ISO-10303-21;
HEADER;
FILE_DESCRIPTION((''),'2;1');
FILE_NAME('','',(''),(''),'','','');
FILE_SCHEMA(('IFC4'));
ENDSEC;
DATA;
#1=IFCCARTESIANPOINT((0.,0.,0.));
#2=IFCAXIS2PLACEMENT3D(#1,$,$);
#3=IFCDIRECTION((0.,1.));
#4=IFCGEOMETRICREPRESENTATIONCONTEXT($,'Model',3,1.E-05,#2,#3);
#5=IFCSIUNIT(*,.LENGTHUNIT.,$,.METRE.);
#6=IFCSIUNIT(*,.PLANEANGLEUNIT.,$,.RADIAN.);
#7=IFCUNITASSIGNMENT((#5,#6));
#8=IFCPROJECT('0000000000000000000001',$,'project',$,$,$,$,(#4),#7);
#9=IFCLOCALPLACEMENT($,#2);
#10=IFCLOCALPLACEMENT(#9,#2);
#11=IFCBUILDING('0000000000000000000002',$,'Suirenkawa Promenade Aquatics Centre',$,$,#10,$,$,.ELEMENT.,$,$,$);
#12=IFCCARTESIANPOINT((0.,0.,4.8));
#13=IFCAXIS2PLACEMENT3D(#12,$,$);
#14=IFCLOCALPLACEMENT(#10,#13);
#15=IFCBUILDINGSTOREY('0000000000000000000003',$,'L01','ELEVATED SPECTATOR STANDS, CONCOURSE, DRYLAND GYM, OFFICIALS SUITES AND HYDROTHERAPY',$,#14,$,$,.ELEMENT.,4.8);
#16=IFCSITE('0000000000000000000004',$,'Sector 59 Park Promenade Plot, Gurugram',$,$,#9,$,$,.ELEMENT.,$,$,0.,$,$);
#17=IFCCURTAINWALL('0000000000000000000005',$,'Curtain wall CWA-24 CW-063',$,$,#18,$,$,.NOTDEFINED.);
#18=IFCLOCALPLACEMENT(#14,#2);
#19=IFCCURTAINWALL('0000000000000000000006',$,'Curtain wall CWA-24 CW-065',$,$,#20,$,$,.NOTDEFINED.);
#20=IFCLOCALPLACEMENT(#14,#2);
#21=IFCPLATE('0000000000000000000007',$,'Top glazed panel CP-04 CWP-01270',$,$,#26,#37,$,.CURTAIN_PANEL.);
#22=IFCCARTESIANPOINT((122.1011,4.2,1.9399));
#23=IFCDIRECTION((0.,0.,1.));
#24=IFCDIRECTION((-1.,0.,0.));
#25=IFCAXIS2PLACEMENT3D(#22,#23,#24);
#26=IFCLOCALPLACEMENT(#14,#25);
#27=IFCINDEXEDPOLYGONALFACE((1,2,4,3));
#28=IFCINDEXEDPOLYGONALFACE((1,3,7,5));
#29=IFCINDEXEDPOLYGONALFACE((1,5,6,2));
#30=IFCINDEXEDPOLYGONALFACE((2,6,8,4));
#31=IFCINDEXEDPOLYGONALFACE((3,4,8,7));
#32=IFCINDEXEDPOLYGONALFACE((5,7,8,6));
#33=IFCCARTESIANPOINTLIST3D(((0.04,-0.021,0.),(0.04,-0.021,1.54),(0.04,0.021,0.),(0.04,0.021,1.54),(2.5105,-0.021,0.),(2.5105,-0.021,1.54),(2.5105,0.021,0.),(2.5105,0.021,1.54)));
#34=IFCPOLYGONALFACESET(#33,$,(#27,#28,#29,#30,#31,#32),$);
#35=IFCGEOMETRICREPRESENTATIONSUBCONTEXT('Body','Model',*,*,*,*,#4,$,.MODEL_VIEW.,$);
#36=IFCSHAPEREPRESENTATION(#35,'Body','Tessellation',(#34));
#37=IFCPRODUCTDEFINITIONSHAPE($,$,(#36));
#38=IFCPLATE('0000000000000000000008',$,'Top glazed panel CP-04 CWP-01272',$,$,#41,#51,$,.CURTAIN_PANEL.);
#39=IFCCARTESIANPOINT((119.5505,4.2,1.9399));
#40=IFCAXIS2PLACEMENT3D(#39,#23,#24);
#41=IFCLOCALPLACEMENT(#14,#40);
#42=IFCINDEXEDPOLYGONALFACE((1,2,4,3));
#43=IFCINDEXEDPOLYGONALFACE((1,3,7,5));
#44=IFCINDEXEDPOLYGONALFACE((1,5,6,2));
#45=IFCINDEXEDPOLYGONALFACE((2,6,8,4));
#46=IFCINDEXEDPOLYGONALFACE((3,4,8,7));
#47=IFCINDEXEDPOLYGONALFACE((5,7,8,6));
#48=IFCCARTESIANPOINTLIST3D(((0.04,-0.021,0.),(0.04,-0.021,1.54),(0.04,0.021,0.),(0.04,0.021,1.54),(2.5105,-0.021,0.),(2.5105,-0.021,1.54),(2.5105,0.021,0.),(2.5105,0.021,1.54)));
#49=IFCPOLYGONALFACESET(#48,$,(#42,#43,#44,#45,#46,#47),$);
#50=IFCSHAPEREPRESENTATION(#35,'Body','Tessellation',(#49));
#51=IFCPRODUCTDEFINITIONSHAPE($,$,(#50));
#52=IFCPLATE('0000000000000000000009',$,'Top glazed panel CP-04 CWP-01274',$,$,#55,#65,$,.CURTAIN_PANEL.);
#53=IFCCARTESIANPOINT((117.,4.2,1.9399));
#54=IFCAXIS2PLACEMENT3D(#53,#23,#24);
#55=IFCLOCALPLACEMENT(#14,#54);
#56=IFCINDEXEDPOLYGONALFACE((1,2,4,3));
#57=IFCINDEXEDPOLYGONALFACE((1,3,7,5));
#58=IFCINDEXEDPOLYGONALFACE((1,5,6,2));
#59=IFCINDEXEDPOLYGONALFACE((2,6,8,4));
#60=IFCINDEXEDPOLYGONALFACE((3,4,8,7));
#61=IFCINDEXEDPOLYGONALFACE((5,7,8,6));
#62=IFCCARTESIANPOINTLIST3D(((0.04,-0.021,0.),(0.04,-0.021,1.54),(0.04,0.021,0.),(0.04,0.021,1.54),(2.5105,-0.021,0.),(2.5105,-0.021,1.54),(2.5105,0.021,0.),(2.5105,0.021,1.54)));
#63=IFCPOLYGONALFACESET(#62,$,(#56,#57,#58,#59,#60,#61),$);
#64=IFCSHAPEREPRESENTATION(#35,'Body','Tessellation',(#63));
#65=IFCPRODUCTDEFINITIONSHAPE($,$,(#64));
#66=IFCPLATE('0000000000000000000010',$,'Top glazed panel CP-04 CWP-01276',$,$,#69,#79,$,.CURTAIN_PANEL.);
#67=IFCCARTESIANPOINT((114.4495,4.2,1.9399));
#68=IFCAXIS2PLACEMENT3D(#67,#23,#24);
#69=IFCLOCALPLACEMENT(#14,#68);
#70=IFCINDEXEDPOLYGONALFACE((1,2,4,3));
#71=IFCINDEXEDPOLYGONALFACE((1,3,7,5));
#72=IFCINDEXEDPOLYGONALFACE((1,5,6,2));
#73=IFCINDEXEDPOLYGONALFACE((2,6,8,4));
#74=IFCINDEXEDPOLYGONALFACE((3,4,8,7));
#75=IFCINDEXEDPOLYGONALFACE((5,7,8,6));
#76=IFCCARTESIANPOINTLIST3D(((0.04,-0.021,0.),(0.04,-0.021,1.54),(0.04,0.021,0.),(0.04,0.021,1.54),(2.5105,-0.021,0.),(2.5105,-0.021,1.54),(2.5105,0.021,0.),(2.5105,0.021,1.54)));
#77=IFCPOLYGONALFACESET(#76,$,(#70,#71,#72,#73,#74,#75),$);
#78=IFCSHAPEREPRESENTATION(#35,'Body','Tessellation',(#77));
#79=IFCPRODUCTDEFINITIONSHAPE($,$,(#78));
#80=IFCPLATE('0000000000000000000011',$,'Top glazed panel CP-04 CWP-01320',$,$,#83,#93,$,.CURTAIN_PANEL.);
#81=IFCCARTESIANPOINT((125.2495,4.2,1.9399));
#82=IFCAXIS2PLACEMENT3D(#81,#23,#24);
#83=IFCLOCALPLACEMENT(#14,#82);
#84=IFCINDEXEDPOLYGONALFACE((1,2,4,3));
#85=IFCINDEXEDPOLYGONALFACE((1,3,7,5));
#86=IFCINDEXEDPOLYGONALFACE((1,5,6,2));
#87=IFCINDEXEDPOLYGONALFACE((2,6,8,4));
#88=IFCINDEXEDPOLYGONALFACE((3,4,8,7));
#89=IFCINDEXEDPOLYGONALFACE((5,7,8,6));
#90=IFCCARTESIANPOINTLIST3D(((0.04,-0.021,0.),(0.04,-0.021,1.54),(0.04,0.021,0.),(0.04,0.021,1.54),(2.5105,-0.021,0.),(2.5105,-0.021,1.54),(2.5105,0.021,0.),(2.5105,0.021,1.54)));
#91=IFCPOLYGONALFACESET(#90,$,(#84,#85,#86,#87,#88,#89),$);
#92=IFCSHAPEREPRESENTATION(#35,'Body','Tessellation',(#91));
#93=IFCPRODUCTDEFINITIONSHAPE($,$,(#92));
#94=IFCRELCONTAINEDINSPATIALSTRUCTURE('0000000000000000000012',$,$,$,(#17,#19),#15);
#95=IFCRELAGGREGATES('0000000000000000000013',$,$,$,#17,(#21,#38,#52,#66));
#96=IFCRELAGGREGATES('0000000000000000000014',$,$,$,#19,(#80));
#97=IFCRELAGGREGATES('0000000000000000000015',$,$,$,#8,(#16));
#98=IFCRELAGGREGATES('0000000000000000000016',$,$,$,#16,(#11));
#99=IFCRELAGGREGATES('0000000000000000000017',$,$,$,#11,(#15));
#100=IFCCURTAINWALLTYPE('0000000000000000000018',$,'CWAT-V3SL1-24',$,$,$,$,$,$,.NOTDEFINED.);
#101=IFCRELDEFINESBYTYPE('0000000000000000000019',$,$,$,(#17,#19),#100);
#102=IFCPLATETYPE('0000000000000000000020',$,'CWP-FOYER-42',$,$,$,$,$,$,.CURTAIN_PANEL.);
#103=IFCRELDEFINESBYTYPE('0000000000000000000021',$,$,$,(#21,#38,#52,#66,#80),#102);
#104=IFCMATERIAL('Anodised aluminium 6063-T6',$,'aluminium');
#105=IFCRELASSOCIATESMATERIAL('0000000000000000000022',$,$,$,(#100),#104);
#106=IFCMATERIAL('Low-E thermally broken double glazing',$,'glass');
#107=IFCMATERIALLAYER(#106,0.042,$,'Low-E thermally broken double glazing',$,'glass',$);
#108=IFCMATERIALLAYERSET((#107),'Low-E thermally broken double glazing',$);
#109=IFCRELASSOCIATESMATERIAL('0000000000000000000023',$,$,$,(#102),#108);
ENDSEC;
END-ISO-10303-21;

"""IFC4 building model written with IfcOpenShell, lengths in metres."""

from ifc_helpers import new_model, si_unit, direction, frame, origin, place, context, subcontext, project, spatial, polyline, outline, extrude, material, layer, layer_set, type_object, element, aggregate, save


model = new_model("IFC4")

# Units and contexts
model_context = context("Model", 3, precision=1e-05, world=origin(), true_north=direction((0.0, 1.0)))
body_context = subcontext(model_context, "Body", "Model", "MODEL_VIEW")
ifc_project = project(units=[si_unit("LENGTHUNIT", "METRE"), si_unit("PLANEANGLEUNIT", "RADIAN")], contexts=[model_context])

# Site, building, storey
site_placement = place(None, origin())
site = spatial("IfcSite", under=ifc_project, at=site_placement, Name="Sector 59 Park Promenade Plot, Gurugram", CompositionType="ELEMENT", RefElevation=0.0)
building_placement = place(site_placement, origin())
building = spatial("IfcBuilding", under=site, at=building_placement, Name="Suirenkawa Promenade Aquatics Centre", CompositionType="ELEMENT")
storey_placement = place(building_placement, frame((0.0, 0.0, 4.8)))
storey = spatial("IfcBuildingStorey", under=building, at=storey_placement, Name="L01", Description="ELEVATED SPECTATOR STANDS, CONCOURSE, DRYLAND GYM, OFFICIALS SUITES AND HYDROTHERAPY", CompositionType="ELEMENT", Elevation=4.8)

# Curtain walls
ifc_material_1 = material(Name="Anodised aluminium 6063-T6", Category="aluminium")
curtain_wall_type = type_object("IfcCurtainWallType", Name="CWAT-V3SL1-24", PredefinedType="NOTDEFINED", material=ifc_material_1)
curtain_wall_1_placement = place(storey_placement, origin())
curtain_wall_1 = element("IfcCurtainWall", 1, at=curtain_wall_1_placement, inside=storey, type_object=curtain_wall_type, Name="Curtain wall CWA-24 CW-063", PredefinedType="NOTDEFINED")
curtain_wall_2_placement = place(storey_placement, origin())
curtain_wall_2 = element("IfcCurtainWall", 2, at=curtain_wall_2_placement, inside=storey, type_object=curtain_wall_type, Name="Curtain wall CWA-24 CW-065", PredefinedType="NOTDEFINED")

# Plates
ifc_material_2 = material(Name="Low-E thermally broken double glazing", Category="glass")
ifc_layer = layer(ifc_material_2, 0.042, Name="Low-E thermally broken double glazing", Category="glass")
ifc_layer_set = layer_set([ifc_layer], Name="Low-E thermally broken double glazing")
plate_type = type_object("IfcPlateType", Name="CWP-FOYER-42", PredefinedType="CURTAIN_PANEL", material=ifc_layer_set)
plate_1_placement = place(storey_placement, frame((122.1011, 4.2, 1.9399), z_axis=(0.0, 0.0, 1.0), x_axis=(-1.0, 0.0, 0.0)))
plate_1 = element("IfcPlate", 3, at=plate_1_placement, type_object=plate_type, Name="Top glazed panel CP-04 CWP-01270", PredefinedType="CURTAIN_PANEL", context=body_context, shape_type="SweptSolid", body=[
    extrude(outline(polyline([(0.04, 0.0), (2.5105, 0.0), (2.5105, 1.54), (0.04, 1.54), (0.04, 0.0)])), frame((0.0, 0.021, 0.0), z_axis=(0.0, -1.0, 0.0), x_axis=(1.0, 0.0, 0.0)), (0.0, 0.0, 1.0), 0.042),
])
plate_2_placement = place(storey_placement, frame((119.5505, 4.2, 1.9399), z_axis=(0.0, 0.0, 1.0), x_axis=(-1.0, 0.0, 0.0)))
plate_2 = element("IfcPlate", 4, at=plate_2_placement, type_object=plate_type, Name="Top glazed panel CP-04 CWP-01272", PredefinedType="CURTAIN_PANEL", context=body_context, shape_type="SweptSolid", body=[
    extrude(outline(polyline([(0.04, 0.0), (2.5105, 0.0), (2.5105, 1.54), (0.04, 1.54), (0.04, 0.0)])), frame((0.0, 0.021, 0.0), z_axis=(0.0, -1.0, 0.0), x_axis=(1.0, 0.0, 0.0)), (0.0, 0.0, 1.0), 0.042),
])
plate_3_placement = place(storey_placement, frame((117.0, 4.2, 1.9399), z_axis=(0.0, 0.0, 1.0), x_axis=(-1.0, 0.0, 0.0)))
plate_3 = element("IfcPlate", 5, at=plate_3_placement, type_object=plate_type, Name="Top glazed panel CP-04 CWP-01274", PredefinedType="CURTAIN_PANEL", context=body_context, shape_type="SweptSolid", body=[
    extrude(outline(polyline([(0.04, 0.0), (2.5105, 0.0), (2.5105, 1.54), (0.04, 1.54), (0.04, 0.0)])), frame((0.0, 0.021, 0.0), z_axis=(0.0, -1.0, 0.0), x_axis=(1.0, 0.0, 0.0)), (0.0, 0.0, 1.0), 0.042),
])
plate_4_placement = place(storey_placement, frame((114.4495, 4.2, 1.9399), z_axis=(0.0, 0.0, 1.0), x_axis=(-1.0, 0.0, 0.0)))
plate_4 = element("IfcPlate", 6, at=plate_4_placement, type_object=plate_type, Name="Top glazed panel CP-04 CWP-01276", PredefinedType="CURTAIN_PANEL", context=body_context, shape_type="SweptSolid", body=[
    extrude(outline(polyline([(0.04, 0.0), (2.5105, 0.0), (2.5105, 1.54), (0.04, 1.54), (0.04, 0.0)])), frame((0.0, 0.021, 0.0), z_axis=(0.0, -1.0, 0.0), x_axis=(1.0, 0.0, 0.0)), (0.0, 0.0, 1.0), 0.042),
])
aggregate(curtain_wall_1, [plate_1, plate_2, plate_3, plate_4])
plate_5_placement = place(storey_placement, frame((125.2495, 4.2, 1.9399), z_axis=(0.0, 0.0, 1.0), x_axis=(-1.0, 0.0, 0.0)))
plate_5 = element("IfcPlate", 7, at=plate_5_placement, type_object=plate_type, Name="Top glazed panel CP-04 CWP-01320", PredefinedType="CURTAIN_PANEL", context=body_context, shape_type="SweptSolid", body=[
    extrude(outline(polyline([(0.04, 0.0), (2.5105, 0.0), (2.5105, 1.54), (0.04, 1.54), (0.04, 0.0)])), frame((0.0, 0.021, 0.0), z_axis=(0.0, -1.0, 0.0), x_axis=(1.0, 0.0, 0.0)), (0.0, 0.0, 1.0), 0.042),
])
aggregate(curtain_wall_2, [plate_5])

save(model, "model.ifc")
